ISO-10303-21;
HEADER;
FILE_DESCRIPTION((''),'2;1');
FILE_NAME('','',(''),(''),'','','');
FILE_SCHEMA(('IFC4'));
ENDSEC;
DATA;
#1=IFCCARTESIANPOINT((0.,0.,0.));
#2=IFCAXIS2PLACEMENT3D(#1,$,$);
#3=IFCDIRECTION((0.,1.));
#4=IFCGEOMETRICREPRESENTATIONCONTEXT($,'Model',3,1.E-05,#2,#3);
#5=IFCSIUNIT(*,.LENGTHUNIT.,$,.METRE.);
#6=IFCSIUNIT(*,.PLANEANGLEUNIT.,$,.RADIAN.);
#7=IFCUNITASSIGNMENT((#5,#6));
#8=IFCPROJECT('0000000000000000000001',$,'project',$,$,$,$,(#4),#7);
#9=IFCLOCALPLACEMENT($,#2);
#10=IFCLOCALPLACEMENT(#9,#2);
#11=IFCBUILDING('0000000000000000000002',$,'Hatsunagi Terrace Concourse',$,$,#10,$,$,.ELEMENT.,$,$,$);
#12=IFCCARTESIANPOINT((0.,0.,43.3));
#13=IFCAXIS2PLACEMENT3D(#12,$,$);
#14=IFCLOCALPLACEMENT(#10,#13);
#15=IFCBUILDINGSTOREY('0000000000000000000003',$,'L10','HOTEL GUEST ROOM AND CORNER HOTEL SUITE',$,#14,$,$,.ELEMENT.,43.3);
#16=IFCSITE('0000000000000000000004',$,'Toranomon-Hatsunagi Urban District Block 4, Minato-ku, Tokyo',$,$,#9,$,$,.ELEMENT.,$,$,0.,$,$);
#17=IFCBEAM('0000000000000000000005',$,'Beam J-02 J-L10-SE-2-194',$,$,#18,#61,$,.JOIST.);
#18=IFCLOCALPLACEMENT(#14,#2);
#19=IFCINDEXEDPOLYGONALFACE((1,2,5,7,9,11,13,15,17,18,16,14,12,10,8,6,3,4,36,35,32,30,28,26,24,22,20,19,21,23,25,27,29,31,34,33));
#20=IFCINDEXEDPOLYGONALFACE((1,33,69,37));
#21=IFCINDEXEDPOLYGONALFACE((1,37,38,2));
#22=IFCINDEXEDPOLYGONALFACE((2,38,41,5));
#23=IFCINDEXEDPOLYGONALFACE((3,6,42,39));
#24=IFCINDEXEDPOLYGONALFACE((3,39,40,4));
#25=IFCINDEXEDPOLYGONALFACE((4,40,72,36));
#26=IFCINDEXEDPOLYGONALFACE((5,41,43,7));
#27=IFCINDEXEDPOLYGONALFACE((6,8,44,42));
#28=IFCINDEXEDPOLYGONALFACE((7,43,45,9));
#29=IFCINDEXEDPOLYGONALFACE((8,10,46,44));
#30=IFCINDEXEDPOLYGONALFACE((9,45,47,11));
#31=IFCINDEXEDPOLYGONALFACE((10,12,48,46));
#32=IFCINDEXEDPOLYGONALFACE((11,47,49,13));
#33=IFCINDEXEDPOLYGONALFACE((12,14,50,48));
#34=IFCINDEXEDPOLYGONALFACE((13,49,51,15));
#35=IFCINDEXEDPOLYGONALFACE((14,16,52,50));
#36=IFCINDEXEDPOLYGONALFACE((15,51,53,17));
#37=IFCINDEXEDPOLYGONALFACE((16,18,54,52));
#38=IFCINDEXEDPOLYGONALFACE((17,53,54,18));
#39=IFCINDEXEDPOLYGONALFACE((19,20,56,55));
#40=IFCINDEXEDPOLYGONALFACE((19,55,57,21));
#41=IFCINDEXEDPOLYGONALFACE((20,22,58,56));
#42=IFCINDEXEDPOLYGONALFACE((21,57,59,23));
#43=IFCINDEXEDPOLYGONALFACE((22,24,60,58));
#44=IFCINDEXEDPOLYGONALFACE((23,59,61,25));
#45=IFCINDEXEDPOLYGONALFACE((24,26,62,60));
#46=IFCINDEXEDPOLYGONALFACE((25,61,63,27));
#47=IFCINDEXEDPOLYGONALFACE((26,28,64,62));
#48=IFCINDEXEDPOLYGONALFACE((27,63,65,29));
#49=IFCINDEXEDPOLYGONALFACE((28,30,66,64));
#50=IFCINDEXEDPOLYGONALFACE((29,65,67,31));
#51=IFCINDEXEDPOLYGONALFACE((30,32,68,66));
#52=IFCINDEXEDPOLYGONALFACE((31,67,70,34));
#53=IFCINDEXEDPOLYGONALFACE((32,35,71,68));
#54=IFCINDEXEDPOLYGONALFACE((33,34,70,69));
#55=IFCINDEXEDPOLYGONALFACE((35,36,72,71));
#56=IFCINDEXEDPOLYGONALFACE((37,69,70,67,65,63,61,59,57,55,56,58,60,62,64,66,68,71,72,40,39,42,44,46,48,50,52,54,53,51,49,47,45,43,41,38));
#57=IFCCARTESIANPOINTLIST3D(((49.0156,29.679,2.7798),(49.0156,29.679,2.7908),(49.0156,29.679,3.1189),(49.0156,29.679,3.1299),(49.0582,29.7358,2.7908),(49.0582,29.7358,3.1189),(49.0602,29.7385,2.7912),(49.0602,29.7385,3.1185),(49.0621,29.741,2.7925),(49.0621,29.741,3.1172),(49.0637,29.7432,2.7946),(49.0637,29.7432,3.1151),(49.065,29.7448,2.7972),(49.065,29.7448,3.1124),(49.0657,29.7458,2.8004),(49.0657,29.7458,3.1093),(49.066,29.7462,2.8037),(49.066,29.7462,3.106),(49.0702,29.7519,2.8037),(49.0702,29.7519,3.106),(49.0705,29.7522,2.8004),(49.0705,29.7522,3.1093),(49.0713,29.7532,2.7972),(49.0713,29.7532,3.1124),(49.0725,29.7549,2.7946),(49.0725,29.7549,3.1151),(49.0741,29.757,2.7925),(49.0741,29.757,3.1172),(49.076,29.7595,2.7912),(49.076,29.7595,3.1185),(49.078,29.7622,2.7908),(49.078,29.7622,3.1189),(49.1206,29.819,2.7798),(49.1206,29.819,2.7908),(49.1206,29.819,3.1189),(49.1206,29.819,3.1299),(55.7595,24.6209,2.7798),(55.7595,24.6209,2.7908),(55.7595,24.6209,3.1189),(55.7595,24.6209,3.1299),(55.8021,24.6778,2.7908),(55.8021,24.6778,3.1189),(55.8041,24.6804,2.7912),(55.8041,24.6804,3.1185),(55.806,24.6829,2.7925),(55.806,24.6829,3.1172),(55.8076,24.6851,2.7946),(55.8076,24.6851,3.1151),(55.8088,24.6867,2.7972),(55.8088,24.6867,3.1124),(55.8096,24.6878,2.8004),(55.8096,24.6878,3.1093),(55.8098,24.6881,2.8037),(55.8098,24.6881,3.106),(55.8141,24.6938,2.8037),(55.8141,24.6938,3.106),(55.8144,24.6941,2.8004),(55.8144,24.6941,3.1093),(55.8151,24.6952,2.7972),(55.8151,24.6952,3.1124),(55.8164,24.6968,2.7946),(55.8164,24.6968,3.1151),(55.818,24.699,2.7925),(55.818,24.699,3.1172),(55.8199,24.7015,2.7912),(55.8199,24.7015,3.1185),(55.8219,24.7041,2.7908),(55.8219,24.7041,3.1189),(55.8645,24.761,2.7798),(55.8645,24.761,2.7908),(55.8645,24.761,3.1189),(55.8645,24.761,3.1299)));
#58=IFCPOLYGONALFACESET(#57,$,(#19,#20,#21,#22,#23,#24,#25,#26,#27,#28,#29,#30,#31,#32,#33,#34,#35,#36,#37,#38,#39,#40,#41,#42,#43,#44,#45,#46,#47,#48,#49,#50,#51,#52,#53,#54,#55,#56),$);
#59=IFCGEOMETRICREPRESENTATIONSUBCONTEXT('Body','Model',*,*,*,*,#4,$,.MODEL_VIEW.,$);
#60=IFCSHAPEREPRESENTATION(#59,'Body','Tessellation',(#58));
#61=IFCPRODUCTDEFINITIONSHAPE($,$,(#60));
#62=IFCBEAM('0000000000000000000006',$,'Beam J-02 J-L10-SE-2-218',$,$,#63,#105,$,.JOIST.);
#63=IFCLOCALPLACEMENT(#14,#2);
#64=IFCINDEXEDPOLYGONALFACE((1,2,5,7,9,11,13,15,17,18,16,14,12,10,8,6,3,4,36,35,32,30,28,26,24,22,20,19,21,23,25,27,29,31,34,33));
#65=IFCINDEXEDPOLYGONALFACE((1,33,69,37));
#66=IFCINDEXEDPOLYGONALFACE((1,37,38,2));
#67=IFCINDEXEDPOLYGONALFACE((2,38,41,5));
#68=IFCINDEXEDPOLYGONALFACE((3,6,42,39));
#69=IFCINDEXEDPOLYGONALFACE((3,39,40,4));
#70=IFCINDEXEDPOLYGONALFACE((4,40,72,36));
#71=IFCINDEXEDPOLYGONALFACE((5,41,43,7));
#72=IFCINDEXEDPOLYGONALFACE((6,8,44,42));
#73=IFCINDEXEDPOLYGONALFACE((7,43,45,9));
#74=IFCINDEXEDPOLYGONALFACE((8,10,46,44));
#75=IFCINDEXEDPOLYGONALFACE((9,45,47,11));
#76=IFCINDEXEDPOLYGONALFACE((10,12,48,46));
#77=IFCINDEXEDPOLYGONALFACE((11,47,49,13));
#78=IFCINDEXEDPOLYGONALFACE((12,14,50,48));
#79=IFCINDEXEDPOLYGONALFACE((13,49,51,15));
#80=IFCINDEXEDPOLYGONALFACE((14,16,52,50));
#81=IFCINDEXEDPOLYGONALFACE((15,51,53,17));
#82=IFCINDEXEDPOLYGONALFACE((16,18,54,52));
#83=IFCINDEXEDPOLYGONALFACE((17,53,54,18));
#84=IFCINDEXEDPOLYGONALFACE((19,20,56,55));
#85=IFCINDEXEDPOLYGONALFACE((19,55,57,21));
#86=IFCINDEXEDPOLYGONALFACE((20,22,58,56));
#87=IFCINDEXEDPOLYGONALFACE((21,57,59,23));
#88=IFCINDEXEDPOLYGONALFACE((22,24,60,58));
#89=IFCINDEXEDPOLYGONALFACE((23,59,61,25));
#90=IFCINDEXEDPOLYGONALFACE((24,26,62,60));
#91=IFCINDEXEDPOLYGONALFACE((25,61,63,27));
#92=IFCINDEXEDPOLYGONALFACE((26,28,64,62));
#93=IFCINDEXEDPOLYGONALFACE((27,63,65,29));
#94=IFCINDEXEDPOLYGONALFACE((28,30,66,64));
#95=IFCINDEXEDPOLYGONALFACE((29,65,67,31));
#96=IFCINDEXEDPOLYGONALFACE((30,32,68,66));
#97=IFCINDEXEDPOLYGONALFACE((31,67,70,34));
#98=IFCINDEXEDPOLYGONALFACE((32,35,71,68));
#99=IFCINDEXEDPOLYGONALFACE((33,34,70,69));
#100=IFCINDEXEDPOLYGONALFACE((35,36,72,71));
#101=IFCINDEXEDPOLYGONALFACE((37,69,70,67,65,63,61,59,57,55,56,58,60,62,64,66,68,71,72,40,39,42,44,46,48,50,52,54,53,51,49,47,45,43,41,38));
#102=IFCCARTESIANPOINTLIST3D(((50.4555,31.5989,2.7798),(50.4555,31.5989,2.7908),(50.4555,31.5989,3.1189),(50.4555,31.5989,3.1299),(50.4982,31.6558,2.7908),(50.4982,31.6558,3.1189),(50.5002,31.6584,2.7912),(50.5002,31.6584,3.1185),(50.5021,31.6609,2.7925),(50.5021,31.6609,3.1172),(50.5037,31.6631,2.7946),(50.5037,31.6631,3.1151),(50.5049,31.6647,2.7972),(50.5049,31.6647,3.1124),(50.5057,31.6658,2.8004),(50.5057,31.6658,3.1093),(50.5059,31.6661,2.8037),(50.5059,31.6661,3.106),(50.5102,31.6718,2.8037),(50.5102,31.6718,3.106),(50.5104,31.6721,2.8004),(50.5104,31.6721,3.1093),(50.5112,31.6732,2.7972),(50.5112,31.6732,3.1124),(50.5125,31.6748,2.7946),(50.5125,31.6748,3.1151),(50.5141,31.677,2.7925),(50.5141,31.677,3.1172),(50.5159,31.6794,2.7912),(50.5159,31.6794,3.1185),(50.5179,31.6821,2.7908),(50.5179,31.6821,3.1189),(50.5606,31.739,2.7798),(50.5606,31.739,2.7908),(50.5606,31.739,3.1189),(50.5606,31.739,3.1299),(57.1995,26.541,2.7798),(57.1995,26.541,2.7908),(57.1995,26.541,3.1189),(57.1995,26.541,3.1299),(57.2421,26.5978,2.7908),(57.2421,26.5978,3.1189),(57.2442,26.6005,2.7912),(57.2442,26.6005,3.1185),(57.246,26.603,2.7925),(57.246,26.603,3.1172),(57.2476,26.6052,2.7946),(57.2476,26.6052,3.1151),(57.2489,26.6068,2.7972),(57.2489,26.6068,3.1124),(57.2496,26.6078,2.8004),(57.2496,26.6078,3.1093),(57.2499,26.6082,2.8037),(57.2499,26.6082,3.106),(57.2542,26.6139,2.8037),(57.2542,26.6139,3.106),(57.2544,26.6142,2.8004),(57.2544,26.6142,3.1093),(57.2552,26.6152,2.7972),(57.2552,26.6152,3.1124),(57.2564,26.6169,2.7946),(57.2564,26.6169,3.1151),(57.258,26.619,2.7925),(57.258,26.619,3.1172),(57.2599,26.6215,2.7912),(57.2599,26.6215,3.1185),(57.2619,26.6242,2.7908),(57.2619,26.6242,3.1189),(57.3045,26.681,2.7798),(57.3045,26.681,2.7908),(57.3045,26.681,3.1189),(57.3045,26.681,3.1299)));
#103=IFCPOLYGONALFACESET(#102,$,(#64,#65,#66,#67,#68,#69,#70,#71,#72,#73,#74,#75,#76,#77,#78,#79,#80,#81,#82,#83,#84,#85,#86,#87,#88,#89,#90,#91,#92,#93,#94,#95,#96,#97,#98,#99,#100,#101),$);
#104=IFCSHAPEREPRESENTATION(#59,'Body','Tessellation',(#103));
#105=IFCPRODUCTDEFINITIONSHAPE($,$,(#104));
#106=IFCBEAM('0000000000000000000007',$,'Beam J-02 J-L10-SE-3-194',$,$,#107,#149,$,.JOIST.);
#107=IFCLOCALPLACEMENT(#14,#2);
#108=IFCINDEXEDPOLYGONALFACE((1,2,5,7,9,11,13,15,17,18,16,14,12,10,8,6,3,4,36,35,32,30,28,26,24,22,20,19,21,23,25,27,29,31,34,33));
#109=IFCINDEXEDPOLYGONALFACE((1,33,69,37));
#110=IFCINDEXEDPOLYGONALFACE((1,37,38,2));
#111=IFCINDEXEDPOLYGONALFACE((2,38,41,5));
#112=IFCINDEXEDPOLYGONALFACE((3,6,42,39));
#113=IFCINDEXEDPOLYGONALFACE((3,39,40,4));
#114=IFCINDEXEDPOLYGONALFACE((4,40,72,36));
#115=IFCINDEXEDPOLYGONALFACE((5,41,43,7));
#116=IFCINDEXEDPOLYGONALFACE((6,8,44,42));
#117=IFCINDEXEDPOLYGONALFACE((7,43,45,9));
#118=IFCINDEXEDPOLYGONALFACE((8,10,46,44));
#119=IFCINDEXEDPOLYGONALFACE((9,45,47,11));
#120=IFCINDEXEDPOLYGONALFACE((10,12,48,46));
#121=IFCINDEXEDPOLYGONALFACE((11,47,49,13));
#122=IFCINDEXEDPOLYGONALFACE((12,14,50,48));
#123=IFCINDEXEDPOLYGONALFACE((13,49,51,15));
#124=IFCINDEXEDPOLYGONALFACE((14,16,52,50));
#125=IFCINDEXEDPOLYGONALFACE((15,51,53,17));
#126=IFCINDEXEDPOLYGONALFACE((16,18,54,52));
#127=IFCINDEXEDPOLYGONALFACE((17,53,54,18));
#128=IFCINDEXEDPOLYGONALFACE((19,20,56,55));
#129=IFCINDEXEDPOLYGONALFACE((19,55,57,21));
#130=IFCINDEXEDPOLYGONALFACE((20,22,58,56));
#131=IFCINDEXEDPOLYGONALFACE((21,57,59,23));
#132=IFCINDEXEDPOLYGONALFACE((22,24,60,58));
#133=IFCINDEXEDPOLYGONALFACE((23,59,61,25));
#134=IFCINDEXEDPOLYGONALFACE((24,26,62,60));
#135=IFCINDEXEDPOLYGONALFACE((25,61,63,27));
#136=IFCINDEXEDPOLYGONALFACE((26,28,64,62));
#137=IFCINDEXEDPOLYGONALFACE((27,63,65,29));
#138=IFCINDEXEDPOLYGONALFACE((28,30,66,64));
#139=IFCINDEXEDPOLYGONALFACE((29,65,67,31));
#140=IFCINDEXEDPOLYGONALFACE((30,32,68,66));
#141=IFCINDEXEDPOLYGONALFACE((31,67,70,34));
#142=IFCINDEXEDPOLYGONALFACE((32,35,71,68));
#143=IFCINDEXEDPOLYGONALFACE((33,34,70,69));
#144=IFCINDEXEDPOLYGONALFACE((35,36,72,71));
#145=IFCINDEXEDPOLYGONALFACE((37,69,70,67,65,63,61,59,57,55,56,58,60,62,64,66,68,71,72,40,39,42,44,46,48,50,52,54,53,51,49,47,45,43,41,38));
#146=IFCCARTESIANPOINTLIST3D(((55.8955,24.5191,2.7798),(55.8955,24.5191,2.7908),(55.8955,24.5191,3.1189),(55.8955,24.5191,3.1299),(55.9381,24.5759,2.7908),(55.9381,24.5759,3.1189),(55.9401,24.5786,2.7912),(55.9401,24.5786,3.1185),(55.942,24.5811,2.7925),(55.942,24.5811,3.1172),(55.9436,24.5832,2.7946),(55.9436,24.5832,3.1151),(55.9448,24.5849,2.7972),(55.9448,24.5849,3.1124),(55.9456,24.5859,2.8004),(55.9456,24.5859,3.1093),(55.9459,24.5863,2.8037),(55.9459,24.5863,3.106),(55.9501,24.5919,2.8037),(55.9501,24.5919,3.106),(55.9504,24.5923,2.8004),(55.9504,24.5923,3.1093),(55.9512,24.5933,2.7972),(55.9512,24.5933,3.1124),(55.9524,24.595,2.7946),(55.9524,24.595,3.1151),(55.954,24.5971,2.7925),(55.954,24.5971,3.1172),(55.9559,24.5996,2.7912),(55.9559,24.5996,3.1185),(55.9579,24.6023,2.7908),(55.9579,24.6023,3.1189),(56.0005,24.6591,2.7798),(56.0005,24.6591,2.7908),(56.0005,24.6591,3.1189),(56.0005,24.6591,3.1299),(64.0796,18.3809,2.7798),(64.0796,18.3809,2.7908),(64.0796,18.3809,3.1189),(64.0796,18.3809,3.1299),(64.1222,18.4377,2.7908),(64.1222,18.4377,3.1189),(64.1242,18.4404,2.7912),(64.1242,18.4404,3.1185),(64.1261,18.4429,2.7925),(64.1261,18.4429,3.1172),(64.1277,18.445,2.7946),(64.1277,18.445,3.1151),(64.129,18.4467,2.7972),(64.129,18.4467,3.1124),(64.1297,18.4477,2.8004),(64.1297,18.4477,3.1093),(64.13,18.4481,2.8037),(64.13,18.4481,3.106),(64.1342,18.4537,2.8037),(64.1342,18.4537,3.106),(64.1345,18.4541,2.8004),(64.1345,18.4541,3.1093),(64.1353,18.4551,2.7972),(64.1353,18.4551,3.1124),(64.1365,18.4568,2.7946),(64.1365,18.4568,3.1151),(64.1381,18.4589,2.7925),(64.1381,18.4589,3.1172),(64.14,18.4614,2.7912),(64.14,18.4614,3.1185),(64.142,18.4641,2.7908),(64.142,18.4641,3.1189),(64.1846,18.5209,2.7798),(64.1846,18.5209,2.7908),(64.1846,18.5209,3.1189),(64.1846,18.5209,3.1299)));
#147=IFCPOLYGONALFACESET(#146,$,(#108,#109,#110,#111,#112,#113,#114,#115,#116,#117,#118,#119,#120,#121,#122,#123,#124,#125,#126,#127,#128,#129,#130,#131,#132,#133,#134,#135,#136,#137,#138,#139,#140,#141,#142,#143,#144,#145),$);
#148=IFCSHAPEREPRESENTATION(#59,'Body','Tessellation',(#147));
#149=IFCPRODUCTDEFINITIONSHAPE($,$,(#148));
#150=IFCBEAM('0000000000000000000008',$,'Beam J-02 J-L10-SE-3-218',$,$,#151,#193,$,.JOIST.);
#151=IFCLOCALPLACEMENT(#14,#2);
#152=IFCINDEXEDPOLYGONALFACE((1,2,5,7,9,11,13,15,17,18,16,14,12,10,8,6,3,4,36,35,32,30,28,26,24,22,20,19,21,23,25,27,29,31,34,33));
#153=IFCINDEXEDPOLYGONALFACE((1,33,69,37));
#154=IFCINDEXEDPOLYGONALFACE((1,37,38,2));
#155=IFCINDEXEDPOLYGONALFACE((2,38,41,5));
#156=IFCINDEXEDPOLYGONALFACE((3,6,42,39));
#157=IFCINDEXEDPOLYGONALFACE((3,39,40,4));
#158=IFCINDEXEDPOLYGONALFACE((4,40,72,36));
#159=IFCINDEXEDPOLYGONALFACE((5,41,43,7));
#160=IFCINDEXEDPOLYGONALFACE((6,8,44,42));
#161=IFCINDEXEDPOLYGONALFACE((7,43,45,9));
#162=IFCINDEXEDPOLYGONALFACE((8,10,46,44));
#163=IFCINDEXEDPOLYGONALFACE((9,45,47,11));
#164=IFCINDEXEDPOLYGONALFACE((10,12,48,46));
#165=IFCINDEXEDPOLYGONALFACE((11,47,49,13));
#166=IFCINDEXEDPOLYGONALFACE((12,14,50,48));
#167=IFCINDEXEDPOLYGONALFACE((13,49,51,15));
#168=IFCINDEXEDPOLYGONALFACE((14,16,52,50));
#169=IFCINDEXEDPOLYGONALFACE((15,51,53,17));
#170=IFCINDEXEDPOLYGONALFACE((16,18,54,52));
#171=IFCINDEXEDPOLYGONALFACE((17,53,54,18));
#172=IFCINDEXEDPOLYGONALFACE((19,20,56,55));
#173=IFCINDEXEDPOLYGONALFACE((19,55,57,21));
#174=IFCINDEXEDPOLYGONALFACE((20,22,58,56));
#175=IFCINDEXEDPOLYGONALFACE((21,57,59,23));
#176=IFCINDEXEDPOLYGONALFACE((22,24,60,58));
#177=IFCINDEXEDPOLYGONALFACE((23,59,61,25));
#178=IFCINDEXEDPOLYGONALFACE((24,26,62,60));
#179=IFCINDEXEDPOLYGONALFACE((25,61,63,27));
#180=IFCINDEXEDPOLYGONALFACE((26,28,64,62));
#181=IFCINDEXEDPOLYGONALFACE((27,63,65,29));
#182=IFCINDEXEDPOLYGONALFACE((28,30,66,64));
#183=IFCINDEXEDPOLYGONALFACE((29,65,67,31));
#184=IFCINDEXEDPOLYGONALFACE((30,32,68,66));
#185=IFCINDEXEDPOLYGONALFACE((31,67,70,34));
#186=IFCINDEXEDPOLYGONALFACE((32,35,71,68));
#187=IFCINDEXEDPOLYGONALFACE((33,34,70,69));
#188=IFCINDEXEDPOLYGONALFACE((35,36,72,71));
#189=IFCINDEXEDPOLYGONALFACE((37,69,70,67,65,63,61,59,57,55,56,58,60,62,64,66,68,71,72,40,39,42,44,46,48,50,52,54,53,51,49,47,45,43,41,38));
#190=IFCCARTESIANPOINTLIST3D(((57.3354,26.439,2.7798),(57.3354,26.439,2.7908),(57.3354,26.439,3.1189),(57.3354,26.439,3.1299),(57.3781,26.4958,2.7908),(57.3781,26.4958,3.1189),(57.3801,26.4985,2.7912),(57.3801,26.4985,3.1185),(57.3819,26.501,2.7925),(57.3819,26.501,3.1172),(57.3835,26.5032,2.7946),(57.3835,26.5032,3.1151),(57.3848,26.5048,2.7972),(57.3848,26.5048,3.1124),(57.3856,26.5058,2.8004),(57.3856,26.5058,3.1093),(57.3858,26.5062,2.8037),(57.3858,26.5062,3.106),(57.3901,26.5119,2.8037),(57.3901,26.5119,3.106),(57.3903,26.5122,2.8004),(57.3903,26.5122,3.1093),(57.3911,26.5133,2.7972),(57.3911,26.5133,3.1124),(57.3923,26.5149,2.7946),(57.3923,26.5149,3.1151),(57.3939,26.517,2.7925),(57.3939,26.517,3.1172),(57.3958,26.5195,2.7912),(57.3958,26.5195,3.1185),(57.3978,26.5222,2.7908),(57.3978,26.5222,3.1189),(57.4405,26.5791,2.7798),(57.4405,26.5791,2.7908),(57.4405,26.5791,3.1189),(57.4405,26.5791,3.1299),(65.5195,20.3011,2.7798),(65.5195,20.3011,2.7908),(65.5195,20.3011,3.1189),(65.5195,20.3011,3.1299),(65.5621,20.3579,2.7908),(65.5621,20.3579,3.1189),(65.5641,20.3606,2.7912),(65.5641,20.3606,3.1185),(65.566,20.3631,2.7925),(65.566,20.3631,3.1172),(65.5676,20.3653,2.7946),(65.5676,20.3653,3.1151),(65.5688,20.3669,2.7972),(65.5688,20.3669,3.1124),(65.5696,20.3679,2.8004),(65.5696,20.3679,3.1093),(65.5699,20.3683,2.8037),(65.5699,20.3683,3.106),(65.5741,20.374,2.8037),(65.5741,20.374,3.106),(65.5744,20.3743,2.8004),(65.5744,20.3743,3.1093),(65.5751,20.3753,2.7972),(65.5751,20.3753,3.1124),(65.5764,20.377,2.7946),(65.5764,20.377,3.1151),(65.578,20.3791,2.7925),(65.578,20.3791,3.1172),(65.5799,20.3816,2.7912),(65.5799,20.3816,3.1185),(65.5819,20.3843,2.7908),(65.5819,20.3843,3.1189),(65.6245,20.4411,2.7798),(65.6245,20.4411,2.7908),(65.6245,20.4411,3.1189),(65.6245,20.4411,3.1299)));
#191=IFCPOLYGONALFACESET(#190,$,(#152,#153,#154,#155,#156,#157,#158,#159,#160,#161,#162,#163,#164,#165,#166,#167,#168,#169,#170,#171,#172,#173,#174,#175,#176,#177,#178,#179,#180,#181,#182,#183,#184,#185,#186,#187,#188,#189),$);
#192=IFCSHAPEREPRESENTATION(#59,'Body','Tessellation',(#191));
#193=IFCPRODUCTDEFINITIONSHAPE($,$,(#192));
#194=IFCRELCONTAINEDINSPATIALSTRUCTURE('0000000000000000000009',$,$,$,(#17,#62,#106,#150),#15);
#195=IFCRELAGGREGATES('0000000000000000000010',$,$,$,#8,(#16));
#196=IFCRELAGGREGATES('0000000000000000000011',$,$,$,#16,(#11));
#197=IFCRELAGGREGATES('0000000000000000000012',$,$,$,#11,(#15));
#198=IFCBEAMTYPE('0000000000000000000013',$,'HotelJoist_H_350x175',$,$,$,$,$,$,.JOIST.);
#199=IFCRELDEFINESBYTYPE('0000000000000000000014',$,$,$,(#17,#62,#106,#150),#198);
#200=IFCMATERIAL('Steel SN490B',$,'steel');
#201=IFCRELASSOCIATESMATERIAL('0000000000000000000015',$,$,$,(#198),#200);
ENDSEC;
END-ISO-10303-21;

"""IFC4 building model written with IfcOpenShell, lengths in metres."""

from ifc_helpers import new_model, si_unit, direction, frame, origin, origin_2d, place, context, subcontext, project, spatial, i_section, extrude, material, material_profile, profile_set, type_object, element, save


model = new_model("IFC4")

# Units and contexts
model_context = context("Model", 3, precision=1e-05, world=origin(), true_north=direction((0.0, 1.0)))
body_context = subcontext(model_context, "Body", "Model", "MODEL_VIEW")
ifc_project = project(units=[si_unit("LENGTHUNIT", "METRE"), si_unit("PLANEANGLEUNIT", "RADIAN")], contexts=[model_context])

# Site, building, storey
site_placement = place(None, origin())
site = spatial("IfcSite", under=ifc_project, at=site_placement, Name="Toranomon-Hatsunagi Urban District Block 4, Minato-ku, Tokyo", CompositionType="ELEMENT", RefElevation=0.0)
building_placement = place(site_placement, origin())
building = spatial("IfcBuilding", under=site, at=building_placement, Name="Hatsunagi Terrace Concourse", CompositionType="ELEMENT")
storey_placement = place(building_placement, frame((0.0, 0.0, 43.3)))
storey = spatial("IfcBuildingStorey", under=building, at=storey_placement, Name="L10", Description="HOTEL GUEST ROOM AND CORNER HOTEL SUITE", CompositionType="ELEMENT", Elevation=43.3)

# Beams
ifc_material_1 = material(Name="Steel SN490B", Category="steel")
ifc_material_profile_1 = material_profile(ifc_material_1, i_section(OverallWidth=0.175, OverallDepth=0.3501, WebThickness=0.0071, FlangeThickness=0.011, FilletRadius=0.0129, at=origin_2d()), Name="H-350x175x7x11")
ifc_profile_set_1 = profile_set([ifc_material_profile_1], Name="Steel SN490B")
beam_type_1 = type_object("IfcBeamType", Name="HotelJoist_H_350x175", PredefinedType="JOIST", material=ifc_profile_set_1)
for number, where, z_axis, x_axis, name in (
    (1, (49.0681, 29.749, 2.9548), (0.79999, -0.600014, 0.0), (0.600014, 0.79999, 0.0), "Beam J-02 J-L10-SE-2-194"),
    (2, (50.5081, 31.6689, 2.9548), (0.800003, -0.599995, 0.0), (0.599995, 0.800003, 0.0), "Beam J-02 J-L10-SE-2-218"),
):
    element("IfcBeam", number, at=place(storey_placement, frame(where, z_axis=z_axis, x_axis=x_axis)), inside=storey, type_object=beam_type_1, Name=name, PredefinedType="JOIST", context=body_context, shape_type="SweptSolid", body=[
        extrude(i_section(OverallWidth=0.175, OverallDepth=0.3501, WebThickness=0.0071, FlangeThickness=0.011, FilletRadius=0.0129, at=origin_2d()), origin(), (0.0, 0.0, 1.0), 8.4299),
    ])
beam_1_placement = place(storey_placement, frame((55.948, 24.5891, 2.9548), z_axis=(0.799994, -0.600008, 0.0), x_axis=(0.600008, 0.799994, 0.0)))
element("IfcBeam", 3, at=beam_1_placement, inside=storey, type_object=beam_type_1, Name="Beam J-02 J-L10-SE-3-194", PredefinedType="JOIST", context=body_context, shape_type="SweptSolid", body=[
    extrude(i_section(OverallWidth=0.175, OverallDepth=0.3501, WebThickness=0.0071, FlangeThickness=0.011, FilletRadius=0.0129, at=origin_2d()), origin(), (0.0, 0.0, 1.0), 10.2302),
])
beam_2_placement = place(storey_placement, frame((57.3879, 26.509, 2.9548), z_axis=(0.800006, -0.599992, 0.0), x_axis=(0.599992, 0.800006, 0.0)))
element("IfcBeam", 4, at=beam_2_placement, inside=storey, type_object=beam_type_1, Name="Beam J-02 J-L10-SE-3-218", PredefinedType="JOIST", context=body_context, shape_type="SweptSolid", body=[
    extrude(i_section(OverallWidth=0.175, OverallDepth=0.3501, WebThickness=0.0071, FlangeThickness=0.011, FilletRadius=0.0129, at=origin_2d()), origin(), (0.0, 0.0, 1.0), 10.23),
])

save(model, "model.ifc")
